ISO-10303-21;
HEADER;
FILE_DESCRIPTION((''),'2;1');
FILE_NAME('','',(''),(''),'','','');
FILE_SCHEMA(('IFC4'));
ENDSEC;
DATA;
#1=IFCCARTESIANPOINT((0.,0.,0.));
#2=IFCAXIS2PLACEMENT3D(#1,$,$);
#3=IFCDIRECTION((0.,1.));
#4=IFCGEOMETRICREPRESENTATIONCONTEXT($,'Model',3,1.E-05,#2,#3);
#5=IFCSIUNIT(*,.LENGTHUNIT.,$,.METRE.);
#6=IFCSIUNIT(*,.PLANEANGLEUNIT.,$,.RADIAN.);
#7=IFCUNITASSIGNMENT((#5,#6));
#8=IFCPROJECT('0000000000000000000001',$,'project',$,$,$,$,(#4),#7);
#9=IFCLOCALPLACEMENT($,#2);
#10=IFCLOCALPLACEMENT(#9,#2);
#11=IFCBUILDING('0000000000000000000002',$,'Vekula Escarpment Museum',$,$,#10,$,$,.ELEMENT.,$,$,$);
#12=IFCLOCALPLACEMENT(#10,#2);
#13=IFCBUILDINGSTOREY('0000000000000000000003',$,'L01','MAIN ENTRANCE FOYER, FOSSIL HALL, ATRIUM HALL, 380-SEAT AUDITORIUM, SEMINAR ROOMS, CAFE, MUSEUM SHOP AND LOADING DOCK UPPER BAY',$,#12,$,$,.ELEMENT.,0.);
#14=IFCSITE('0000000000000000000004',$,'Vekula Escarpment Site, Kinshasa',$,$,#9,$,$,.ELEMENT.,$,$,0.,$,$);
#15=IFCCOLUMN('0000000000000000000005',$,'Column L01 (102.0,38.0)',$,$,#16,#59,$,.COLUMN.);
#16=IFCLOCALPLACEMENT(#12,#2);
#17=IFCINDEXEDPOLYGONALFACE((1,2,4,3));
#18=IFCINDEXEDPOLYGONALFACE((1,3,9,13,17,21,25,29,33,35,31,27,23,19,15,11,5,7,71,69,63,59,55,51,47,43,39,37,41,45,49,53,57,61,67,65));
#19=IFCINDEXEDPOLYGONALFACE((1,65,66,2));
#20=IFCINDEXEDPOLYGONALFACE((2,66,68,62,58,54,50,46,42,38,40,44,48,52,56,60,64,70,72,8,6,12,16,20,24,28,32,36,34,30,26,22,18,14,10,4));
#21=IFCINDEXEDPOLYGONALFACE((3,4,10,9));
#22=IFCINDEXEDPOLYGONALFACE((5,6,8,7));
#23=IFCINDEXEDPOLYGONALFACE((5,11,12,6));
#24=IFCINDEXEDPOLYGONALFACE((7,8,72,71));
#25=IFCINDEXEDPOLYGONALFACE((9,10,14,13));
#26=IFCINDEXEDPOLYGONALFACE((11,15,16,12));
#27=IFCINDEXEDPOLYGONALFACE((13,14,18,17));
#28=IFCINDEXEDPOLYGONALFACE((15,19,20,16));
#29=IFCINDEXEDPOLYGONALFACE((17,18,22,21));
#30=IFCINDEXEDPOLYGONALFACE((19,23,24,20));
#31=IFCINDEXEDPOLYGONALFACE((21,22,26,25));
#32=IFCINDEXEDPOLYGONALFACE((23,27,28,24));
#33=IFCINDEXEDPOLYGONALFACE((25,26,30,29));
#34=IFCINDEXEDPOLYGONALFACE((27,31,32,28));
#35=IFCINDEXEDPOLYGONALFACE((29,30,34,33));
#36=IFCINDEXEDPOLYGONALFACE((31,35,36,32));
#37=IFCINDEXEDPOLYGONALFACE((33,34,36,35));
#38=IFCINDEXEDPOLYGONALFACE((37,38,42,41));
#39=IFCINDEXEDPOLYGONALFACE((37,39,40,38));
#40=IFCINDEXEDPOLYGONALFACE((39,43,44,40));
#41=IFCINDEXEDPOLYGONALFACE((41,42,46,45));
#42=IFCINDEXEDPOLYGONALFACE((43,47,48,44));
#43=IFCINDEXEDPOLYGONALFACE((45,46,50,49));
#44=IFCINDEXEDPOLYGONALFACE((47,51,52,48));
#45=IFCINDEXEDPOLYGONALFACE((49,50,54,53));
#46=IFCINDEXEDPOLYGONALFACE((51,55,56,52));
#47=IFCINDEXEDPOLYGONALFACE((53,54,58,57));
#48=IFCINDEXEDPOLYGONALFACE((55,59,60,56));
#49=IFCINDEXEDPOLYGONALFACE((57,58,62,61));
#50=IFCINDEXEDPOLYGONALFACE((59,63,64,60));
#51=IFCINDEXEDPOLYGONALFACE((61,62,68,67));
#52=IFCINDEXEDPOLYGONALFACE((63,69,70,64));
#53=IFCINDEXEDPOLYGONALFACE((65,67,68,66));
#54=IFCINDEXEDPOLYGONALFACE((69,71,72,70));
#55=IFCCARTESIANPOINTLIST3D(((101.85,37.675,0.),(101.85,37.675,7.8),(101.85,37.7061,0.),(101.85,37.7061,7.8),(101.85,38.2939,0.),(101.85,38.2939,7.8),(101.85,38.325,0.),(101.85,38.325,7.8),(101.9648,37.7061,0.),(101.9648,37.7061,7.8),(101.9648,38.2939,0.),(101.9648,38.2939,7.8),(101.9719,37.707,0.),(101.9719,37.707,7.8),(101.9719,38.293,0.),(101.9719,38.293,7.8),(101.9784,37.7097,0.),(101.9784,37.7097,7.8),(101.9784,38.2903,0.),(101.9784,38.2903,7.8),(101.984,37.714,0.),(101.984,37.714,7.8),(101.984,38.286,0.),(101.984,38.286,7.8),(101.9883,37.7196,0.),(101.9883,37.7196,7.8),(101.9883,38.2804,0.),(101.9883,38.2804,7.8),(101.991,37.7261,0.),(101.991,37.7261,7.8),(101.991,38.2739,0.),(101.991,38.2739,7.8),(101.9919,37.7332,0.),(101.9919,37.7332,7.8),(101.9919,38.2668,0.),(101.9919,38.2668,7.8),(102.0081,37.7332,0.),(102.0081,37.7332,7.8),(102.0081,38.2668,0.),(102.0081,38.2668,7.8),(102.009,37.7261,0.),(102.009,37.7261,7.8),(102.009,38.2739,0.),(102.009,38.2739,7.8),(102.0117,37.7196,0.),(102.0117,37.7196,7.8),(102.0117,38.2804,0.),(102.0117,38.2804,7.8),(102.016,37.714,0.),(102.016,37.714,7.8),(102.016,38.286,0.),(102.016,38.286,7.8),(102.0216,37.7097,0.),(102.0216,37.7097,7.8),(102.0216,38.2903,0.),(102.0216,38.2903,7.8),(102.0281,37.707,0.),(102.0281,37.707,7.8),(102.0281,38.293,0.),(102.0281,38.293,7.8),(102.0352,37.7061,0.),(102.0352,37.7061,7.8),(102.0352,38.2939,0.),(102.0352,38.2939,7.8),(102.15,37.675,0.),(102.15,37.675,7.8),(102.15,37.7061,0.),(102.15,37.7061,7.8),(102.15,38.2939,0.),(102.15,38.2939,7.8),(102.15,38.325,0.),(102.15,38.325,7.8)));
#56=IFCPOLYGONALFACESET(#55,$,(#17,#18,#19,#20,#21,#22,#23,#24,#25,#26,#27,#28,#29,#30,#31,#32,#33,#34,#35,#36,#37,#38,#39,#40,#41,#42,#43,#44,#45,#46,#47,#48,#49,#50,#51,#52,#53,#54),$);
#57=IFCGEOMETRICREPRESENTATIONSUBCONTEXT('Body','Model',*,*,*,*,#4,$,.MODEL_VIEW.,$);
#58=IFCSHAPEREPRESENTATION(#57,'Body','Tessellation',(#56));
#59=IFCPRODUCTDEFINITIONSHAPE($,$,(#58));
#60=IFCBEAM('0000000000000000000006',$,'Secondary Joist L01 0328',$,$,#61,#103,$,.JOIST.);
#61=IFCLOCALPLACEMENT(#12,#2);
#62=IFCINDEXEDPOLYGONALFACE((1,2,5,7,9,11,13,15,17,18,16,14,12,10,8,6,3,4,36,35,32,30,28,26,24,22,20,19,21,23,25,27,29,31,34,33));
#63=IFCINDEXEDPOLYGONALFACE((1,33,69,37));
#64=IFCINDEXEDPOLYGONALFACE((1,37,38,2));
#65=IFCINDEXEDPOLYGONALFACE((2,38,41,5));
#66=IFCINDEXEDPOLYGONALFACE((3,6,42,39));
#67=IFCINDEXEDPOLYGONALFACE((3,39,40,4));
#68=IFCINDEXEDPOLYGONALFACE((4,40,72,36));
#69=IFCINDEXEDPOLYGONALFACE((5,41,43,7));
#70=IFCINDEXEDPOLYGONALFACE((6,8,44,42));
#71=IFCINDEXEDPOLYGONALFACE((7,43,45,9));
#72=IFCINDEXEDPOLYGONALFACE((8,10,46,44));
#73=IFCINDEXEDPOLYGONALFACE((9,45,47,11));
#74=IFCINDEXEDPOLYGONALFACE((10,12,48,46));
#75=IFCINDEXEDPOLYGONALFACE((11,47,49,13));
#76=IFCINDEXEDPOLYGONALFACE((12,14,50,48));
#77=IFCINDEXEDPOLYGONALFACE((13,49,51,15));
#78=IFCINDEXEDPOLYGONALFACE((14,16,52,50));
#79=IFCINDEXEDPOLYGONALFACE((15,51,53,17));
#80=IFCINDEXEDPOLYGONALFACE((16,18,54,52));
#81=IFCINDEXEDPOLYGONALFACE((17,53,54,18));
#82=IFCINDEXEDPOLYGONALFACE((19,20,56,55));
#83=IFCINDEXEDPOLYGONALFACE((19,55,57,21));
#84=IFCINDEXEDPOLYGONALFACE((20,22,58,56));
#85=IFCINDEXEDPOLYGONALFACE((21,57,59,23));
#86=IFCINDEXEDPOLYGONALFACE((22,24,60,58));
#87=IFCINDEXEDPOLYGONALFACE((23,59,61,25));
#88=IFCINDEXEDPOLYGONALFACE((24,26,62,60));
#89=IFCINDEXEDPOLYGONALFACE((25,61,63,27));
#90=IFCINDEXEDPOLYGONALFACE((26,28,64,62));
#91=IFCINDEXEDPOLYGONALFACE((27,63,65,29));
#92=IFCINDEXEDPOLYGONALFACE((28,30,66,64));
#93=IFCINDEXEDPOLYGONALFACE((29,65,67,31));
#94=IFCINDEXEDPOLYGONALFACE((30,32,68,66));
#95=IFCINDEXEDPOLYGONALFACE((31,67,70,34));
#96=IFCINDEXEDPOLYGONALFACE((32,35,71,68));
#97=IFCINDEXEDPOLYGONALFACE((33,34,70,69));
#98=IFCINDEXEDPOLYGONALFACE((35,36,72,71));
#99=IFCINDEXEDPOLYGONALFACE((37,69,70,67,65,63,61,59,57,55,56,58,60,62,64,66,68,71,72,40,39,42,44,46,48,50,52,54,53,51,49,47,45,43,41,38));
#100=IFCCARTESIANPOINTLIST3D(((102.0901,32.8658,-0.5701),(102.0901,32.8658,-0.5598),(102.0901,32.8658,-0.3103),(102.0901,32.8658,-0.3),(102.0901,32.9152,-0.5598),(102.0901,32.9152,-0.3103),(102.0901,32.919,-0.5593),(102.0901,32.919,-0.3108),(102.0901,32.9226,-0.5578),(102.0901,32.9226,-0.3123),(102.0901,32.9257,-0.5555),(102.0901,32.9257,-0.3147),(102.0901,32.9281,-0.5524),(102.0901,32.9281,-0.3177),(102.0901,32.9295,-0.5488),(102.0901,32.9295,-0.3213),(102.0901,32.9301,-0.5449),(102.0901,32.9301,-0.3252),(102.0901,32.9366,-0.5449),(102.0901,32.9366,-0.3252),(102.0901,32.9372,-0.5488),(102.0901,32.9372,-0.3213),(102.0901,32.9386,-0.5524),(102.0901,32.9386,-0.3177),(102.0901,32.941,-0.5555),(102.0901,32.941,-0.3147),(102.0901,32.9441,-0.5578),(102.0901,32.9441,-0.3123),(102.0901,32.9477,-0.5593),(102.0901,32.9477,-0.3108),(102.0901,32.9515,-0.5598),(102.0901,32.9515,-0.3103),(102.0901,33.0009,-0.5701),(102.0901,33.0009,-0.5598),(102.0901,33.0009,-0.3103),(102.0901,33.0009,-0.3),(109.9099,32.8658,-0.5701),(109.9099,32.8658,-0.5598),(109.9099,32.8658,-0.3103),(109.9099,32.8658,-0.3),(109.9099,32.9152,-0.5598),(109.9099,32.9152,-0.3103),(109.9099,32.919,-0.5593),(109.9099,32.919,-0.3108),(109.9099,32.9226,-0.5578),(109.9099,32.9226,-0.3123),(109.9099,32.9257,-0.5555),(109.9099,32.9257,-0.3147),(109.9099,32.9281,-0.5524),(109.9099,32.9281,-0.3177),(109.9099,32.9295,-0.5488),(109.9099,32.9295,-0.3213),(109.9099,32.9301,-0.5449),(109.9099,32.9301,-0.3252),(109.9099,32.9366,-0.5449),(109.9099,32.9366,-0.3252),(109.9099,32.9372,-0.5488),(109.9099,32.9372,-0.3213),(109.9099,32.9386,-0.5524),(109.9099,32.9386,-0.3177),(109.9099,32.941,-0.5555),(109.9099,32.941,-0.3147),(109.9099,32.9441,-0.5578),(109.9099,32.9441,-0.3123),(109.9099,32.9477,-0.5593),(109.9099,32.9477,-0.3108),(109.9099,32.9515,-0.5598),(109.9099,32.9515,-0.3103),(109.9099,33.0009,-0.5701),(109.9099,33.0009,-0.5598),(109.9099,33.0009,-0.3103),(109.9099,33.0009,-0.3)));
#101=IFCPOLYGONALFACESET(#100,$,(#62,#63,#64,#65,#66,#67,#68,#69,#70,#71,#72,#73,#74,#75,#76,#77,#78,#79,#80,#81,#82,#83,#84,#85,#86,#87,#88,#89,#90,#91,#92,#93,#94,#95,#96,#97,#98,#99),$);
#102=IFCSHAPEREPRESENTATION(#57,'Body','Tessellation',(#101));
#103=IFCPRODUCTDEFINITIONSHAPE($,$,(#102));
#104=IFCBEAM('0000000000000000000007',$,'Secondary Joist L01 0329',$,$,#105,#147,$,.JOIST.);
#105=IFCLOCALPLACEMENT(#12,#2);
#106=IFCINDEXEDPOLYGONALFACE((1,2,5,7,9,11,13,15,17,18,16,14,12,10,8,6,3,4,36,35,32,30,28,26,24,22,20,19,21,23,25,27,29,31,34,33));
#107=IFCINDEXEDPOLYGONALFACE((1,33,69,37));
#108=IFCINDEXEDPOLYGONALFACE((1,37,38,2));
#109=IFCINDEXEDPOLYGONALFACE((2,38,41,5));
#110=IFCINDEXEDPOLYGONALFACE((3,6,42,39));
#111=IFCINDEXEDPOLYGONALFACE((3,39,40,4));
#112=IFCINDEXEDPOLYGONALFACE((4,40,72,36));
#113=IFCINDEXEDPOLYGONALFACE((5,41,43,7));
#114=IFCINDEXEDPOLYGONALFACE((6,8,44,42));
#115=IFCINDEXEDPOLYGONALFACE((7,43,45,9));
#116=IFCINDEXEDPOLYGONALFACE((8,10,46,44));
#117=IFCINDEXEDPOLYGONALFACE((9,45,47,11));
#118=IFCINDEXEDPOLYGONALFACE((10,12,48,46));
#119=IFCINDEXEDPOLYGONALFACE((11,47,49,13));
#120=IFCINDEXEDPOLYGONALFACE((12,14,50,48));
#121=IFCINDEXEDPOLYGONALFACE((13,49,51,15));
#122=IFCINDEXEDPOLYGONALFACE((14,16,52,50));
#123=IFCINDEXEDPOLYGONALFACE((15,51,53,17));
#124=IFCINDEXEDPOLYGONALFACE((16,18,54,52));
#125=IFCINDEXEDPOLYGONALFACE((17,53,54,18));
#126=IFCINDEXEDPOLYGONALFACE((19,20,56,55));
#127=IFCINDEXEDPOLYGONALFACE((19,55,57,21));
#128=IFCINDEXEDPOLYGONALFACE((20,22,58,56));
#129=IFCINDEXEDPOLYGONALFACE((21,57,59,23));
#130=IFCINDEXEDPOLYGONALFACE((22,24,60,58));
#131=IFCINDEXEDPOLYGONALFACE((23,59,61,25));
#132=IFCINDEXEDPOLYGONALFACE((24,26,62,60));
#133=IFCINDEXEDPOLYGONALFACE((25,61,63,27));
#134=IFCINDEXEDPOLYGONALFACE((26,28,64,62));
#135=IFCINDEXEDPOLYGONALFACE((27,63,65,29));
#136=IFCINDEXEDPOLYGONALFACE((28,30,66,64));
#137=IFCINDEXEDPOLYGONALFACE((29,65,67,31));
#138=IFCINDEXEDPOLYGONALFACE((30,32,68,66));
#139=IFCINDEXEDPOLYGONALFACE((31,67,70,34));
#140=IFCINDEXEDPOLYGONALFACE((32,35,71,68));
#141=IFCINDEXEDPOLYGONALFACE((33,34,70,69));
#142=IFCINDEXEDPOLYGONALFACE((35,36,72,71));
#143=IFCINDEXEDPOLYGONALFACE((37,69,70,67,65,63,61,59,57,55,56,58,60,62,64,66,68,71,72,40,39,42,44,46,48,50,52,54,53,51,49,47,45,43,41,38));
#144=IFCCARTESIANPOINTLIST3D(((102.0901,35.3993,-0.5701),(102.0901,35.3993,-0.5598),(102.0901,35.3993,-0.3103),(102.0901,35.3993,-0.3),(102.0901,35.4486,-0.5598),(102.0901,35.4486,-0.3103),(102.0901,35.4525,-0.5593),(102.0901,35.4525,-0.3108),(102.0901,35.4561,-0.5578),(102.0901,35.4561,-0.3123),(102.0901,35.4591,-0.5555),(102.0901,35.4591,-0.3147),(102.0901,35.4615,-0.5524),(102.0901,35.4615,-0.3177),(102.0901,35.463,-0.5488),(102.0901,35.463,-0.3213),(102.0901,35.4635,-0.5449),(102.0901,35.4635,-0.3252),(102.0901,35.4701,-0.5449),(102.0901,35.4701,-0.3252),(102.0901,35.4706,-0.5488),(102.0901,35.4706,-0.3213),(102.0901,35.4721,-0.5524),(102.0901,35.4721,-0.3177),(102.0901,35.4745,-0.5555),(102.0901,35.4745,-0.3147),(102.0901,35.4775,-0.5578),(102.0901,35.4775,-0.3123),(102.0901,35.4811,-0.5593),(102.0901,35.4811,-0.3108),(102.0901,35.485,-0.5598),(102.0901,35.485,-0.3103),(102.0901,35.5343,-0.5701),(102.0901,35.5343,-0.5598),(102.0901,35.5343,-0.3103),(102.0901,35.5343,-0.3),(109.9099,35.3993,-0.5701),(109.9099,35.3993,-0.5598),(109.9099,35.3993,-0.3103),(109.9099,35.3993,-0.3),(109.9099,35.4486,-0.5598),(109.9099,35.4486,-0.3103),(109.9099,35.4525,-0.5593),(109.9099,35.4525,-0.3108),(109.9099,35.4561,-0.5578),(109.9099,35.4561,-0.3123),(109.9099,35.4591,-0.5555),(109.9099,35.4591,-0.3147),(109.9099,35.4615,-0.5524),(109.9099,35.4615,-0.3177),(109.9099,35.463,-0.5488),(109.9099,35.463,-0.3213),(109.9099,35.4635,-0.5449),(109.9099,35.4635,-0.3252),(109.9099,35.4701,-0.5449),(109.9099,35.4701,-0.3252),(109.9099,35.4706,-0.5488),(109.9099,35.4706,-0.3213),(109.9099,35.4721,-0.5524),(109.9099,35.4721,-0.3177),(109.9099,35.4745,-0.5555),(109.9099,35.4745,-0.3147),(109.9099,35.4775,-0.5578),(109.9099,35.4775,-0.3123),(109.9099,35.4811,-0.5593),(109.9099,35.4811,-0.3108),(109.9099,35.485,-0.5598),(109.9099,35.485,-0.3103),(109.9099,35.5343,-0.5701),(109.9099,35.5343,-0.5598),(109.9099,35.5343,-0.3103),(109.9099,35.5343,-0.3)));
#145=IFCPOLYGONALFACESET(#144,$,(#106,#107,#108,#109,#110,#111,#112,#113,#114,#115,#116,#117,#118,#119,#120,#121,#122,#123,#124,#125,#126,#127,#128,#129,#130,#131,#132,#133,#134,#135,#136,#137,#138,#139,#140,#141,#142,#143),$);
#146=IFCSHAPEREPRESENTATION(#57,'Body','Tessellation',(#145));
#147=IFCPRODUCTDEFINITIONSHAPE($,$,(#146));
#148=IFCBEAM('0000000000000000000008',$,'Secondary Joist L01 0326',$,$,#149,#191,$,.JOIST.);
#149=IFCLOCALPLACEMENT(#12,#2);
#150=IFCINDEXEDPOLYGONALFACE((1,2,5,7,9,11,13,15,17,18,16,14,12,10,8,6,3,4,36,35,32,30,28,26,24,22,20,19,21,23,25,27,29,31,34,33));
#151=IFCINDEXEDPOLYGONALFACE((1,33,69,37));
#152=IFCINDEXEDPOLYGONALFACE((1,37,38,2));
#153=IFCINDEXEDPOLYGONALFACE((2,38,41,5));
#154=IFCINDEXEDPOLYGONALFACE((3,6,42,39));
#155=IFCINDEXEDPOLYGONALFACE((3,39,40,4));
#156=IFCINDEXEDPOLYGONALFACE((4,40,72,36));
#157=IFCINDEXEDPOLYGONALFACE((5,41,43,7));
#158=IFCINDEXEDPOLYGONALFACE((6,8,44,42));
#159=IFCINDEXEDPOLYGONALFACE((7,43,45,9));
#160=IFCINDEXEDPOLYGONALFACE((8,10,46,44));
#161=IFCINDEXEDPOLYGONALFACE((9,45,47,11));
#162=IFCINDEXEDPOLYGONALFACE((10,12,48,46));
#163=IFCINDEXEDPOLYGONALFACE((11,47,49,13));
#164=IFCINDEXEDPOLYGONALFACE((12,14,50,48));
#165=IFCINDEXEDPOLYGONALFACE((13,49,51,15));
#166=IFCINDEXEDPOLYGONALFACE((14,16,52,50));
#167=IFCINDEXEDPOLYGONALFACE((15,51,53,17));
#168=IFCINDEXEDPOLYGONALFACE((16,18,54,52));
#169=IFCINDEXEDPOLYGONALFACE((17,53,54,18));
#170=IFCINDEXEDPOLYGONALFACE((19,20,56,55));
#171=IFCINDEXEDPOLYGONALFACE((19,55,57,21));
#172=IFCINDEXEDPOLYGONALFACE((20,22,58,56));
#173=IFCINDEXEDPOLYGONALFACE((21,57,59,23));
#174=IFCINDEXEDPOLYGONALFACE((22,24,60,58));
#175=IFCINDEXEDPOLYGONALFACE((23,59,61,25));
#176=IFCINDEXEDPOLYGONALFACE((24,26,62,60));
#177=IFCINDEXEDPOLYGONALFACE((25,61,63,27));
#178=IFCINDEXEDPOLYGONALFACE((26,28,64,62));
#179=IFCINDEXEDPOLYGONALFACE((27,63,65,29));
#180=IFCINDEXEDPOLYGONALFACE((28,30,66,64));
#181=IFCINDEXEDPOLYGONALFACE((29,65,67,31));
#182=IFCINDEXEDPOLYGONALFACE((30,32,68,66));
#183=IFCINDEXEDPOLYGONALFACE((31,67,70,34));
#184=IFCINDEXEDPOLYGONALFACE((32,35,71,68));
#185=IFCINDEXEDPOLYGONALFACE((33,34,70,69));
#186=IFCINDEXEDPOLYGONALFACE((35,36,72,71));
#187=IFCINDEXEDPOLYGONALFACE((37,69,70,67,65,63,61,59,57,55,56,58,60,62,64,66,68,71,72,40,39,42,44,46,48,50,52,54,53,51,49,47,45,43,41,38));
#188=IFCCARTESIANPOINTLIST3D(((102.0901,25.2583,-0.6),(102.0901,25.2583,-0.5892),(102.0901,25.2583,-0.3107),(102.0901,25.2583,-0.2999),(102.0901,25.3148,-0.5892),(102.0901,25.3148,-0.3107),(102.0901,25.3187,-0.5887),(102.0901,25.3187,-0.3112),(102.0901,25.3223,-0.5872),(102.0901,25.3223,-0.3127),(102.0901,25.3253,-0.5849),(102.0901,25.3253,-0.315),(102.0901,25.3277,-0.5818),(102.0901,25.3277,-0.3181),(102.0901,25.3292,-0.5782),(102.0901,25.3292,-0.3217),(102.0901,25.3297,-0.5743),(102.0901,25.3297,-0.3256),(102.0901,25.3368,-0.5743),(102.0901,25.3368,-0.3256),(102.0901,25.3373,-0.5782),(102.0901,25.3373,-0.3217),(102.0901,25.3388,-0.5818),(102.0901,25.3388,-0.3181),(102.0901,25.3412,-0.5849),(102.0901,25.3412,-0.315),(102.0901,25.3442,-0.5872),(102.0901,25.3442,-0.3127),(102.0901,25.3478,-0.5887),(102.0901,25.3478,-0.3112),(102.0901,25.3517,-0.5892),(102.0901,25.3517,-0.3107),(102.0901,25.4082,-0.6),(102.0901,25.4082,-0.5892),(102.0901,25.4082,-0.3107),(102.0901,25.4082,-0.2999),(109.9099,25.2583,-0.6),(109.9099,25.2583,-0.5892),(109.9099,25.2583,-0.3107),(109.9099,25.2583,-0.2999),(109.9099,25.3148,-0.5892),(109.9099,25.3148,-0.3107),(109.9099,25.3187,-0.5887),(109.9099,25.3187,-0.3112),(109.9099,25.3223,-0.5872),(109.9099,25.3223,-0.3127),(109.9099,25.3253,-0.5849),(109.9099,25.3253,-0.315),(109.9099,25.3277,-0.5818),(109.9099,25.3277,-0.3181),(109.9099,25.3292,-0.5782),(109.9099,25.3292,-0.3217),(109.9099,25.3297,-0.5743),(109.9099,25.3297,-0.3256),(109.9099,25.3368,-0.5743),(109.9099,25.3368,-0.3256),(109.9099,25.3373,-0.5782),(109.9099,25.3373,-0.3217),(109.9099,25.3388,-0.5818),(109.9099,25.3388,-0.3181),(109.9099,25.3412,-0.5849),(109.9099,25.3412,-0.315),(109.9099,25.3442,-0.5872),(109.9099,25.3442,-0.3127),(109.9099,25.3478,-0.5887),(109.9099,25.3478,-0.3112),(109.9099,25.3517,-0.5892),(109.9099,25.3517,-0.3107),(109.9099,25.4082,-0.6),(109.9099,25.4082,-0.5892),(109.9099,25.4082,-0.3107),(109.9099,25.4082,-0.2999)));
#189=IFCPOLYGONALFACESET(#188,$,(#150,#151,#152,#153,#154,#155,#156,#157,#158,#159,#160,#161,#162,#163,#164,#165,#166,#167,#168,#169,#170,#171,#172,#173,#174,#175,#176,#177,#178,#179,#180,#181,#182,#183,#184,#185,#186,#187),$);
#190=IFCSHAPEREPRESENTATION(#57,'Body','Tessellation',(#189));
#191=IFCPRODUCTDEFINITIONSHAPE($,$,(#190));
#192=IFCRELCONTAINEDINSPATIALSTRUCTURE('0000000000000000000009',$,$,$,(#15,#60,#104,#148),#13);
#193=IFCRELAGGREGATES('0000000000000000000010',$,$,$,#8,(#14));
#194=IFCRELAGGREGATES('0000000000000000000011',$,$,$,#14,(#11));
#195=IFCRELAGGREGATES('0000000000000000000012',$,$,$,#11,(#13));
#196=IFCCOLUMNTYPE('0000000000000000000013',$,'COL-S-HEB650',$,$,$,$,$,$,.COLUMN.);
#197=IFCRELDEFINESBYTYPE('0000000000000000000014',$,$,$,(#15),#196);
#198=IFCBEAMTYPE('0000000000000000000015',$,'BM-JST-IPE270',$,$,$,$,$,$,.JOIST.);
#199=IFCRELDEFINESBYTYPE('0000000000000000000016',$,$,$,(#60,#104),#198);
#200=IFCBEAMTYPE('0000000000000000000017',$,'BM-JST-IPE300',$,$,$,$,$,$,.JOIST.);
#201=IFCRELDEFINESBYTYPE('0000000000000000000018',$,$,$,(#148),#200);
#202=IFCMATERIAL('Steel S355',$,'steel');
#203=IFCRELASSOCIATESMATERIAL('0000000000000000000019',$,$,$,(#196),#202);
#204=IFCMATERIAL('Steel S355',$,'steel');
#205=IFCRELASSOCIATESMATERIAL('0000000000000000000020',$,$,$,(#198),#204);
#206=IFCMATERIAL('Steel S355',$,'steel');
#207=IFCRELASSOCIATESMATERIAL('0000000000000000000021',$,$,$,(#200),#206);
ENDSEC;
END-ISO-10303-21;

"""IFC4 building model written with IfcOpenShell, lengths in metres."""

from ifc_helpers import new_model, si_unit, direction, frame, origin, origin_2d, place, context, subcontext, project, spatial, i_section, extrude, material, material_profile, profile_set, type_object, element, save


model = new_model("IFC4")

# Units and contexts
model_context = context("Model", 3, precision=1e-05, world=origin(), true_north=direction((0.0, 1.0)))
body_context = subcontext(model_context, "Body", "Model", "MODEL_VIEW")
ifc_project = project(units=[si_unit("LENGTHUNIT", "METRE"), si_unit("PLANEANGLEUNIT", "RADIAN")], contexts=[model_context])

# Site, building, storey
site_placement = place(None, origin())
site = spatial("IfcSite", under=ifc_project, at=site_placement, Name="Vekula Escarpment Site, Kinshasa", CompositionType="ELEMENT", RefElevation=0.0)
building_placement = place(site_placement, origin())
building = spatial("IfcBuilding", under=site, at=building_placement, Name="Vekula Escarpment Museum", CompositionType="ELEMENT")
storey_placement = place(building_placement, origin())
storey = spatial("IfcBuildingStorey", under=building, at=storey_placement, Name="L01", Description="MAIN ENTRANCE FOYER, FOSSIL HALL, ATRIUM HALL, 380-SEAT AUDITORIUM, SEMINAR ROOMS, CAFE, MUSEUM SHOP AND LOADING DOCK UPPER BAY", CompositionType="ELEMENT", Elevation=0.0)

# Column
ifc_material_1 = material(Name="Steel S355", Category="steel")
ifc_material_profile_1 = material_profile(ifc_material_1, i_section(OverallWidth=0.3, OverallDepth=0.6499, WebThickness=0.0161, FlangeThickness=0.031, FilletRadius=0.0271, at=origin_2d()), Name="HEB 650")
ifc_profile_set_1 = profile_set([ifc_material_profile_1], Name="Steel S355")
column_type = type_object("IfcColumnType", Name="COL-S-HEB650", PredefinedType="COLUMN", material=ifc_profile_set_1)
column_placement = place(storey_placement, frame((102.0, 38.0, 0.0), z_axis=(0.0, 0.0, 1.0), x_axis=(1.0, 0.0, 0.0)))
element("IfcColumn", 1, at=column_placement, inside=storey, type_object=column_type, Name="Column L01 (102.0,38.0)", PredefinedType="COLUMN", context=body_context, shape_type="SweptSolid", body=[
    extrude(i_section(OverallWidth=0.3, OverallDepth=0.6499, WebThickness=0.0161, FlangeThickness=0.031, FilletRadius=0.0271, at=origin_2d()), origin(), (0.0, 0.0, 1.0), 7.8),
])

# Beams
ifc_material_2 = material(Name="Steel S355", Category="steel")
ifc_material_profile_2 = material_profile(ifc_material_2, i_section(OverallWidth=0.135, OverallDepth=0.27, WebThickness=0.0066, FlangeThickness=0.0103, FilletRadius=0.0149, at=origin_2d()), Name="IPE 270")
ifc_profile_set_2 = profile_set([ifc_material_profile_2], Name="Steel S355")
beam_type_1 = type_object("IfcBeamType", Name="BM-JST-IPE270", PredefinedType="JOIST", material=ifc_profile_set_2)
for number, where, z_axis, x_axis, name in (
    (2, (102.0901, 32.9333, -0.4351), (1.0, 0.0, 0.0), (0.0, 1.0, 0.0), "Secondary Joist L01 0328"),
    (3, (102.0901, 35.4668, -0.4351), (1.0, 0.0, 0.0), (0.0, 1.0, 0.0), "Secondary Joist L01 0329"),
):
    element("IfcBeam", number, at=place(storey_placement, frame(where, z_axis=z_axis, x_axis=x_axis)), inside=storey, type_object=beam_type_1, Name=name, PredefinedType="JOIST", context=body_context, shape_type="SweptSolid", body=[
        extrude(i_section(OverallWidth=0.135, OverallDepth=0.27, WebThickness=0.0066, FlangeThickness=0.0103, FilletRadius=0.0149, at=origin_2d()), origin(), (0.0, 0.0, 1.0), 7.8198),
    ])
ifc_material_3 = material(Name="Steel S355", Category="steel")
ifc_material_profile_3 = material_profile(ifc_material_3, i_section(OverallWidth=0.1499, OverallDepth=0.3, WebThickness=0.0071, FlangeThickness=0.0107, FilletRadius=0.0149, at=origin_2d()), Name="IPE 300")
ifc_profile_set_3 = profile_set([ifc_material_profile_3], Name="Steel S355")
beam_type_2 = type_object("IfcBeamType", Name="BM-JST-IPE300", PredefinedType="JOIST", material=ifc_profile_set_3)
for number, where, z_axis, x_axis, name in (
    (4, (102.0901, 25.3333, -0.45), (1.0, 0.0, 0.0), (0.0, 1.0, 0.0), "Secondary Joist L01 0326"),
):
    element("IfcBeam", number, at=place(storey_placement, frame(where, z_axis=z_axis, x_axis=x_axis)), inside=storey, type_object=beam_type_2, Name=name, PredefinedType="JOIST", context=body_context, shape_type="SweptSolid", body=[
        extrude(i_section(OverallWidth=0.1499, OverallDepth=0.3, WebThickness=0.0071, FlangeThickness=0.0107, FilletRadius=0.0149, at=origin_2d()), origin(), (0.0, 0.0, 1.0), 7.8198),
    ])

save(model, "model.ifc")
